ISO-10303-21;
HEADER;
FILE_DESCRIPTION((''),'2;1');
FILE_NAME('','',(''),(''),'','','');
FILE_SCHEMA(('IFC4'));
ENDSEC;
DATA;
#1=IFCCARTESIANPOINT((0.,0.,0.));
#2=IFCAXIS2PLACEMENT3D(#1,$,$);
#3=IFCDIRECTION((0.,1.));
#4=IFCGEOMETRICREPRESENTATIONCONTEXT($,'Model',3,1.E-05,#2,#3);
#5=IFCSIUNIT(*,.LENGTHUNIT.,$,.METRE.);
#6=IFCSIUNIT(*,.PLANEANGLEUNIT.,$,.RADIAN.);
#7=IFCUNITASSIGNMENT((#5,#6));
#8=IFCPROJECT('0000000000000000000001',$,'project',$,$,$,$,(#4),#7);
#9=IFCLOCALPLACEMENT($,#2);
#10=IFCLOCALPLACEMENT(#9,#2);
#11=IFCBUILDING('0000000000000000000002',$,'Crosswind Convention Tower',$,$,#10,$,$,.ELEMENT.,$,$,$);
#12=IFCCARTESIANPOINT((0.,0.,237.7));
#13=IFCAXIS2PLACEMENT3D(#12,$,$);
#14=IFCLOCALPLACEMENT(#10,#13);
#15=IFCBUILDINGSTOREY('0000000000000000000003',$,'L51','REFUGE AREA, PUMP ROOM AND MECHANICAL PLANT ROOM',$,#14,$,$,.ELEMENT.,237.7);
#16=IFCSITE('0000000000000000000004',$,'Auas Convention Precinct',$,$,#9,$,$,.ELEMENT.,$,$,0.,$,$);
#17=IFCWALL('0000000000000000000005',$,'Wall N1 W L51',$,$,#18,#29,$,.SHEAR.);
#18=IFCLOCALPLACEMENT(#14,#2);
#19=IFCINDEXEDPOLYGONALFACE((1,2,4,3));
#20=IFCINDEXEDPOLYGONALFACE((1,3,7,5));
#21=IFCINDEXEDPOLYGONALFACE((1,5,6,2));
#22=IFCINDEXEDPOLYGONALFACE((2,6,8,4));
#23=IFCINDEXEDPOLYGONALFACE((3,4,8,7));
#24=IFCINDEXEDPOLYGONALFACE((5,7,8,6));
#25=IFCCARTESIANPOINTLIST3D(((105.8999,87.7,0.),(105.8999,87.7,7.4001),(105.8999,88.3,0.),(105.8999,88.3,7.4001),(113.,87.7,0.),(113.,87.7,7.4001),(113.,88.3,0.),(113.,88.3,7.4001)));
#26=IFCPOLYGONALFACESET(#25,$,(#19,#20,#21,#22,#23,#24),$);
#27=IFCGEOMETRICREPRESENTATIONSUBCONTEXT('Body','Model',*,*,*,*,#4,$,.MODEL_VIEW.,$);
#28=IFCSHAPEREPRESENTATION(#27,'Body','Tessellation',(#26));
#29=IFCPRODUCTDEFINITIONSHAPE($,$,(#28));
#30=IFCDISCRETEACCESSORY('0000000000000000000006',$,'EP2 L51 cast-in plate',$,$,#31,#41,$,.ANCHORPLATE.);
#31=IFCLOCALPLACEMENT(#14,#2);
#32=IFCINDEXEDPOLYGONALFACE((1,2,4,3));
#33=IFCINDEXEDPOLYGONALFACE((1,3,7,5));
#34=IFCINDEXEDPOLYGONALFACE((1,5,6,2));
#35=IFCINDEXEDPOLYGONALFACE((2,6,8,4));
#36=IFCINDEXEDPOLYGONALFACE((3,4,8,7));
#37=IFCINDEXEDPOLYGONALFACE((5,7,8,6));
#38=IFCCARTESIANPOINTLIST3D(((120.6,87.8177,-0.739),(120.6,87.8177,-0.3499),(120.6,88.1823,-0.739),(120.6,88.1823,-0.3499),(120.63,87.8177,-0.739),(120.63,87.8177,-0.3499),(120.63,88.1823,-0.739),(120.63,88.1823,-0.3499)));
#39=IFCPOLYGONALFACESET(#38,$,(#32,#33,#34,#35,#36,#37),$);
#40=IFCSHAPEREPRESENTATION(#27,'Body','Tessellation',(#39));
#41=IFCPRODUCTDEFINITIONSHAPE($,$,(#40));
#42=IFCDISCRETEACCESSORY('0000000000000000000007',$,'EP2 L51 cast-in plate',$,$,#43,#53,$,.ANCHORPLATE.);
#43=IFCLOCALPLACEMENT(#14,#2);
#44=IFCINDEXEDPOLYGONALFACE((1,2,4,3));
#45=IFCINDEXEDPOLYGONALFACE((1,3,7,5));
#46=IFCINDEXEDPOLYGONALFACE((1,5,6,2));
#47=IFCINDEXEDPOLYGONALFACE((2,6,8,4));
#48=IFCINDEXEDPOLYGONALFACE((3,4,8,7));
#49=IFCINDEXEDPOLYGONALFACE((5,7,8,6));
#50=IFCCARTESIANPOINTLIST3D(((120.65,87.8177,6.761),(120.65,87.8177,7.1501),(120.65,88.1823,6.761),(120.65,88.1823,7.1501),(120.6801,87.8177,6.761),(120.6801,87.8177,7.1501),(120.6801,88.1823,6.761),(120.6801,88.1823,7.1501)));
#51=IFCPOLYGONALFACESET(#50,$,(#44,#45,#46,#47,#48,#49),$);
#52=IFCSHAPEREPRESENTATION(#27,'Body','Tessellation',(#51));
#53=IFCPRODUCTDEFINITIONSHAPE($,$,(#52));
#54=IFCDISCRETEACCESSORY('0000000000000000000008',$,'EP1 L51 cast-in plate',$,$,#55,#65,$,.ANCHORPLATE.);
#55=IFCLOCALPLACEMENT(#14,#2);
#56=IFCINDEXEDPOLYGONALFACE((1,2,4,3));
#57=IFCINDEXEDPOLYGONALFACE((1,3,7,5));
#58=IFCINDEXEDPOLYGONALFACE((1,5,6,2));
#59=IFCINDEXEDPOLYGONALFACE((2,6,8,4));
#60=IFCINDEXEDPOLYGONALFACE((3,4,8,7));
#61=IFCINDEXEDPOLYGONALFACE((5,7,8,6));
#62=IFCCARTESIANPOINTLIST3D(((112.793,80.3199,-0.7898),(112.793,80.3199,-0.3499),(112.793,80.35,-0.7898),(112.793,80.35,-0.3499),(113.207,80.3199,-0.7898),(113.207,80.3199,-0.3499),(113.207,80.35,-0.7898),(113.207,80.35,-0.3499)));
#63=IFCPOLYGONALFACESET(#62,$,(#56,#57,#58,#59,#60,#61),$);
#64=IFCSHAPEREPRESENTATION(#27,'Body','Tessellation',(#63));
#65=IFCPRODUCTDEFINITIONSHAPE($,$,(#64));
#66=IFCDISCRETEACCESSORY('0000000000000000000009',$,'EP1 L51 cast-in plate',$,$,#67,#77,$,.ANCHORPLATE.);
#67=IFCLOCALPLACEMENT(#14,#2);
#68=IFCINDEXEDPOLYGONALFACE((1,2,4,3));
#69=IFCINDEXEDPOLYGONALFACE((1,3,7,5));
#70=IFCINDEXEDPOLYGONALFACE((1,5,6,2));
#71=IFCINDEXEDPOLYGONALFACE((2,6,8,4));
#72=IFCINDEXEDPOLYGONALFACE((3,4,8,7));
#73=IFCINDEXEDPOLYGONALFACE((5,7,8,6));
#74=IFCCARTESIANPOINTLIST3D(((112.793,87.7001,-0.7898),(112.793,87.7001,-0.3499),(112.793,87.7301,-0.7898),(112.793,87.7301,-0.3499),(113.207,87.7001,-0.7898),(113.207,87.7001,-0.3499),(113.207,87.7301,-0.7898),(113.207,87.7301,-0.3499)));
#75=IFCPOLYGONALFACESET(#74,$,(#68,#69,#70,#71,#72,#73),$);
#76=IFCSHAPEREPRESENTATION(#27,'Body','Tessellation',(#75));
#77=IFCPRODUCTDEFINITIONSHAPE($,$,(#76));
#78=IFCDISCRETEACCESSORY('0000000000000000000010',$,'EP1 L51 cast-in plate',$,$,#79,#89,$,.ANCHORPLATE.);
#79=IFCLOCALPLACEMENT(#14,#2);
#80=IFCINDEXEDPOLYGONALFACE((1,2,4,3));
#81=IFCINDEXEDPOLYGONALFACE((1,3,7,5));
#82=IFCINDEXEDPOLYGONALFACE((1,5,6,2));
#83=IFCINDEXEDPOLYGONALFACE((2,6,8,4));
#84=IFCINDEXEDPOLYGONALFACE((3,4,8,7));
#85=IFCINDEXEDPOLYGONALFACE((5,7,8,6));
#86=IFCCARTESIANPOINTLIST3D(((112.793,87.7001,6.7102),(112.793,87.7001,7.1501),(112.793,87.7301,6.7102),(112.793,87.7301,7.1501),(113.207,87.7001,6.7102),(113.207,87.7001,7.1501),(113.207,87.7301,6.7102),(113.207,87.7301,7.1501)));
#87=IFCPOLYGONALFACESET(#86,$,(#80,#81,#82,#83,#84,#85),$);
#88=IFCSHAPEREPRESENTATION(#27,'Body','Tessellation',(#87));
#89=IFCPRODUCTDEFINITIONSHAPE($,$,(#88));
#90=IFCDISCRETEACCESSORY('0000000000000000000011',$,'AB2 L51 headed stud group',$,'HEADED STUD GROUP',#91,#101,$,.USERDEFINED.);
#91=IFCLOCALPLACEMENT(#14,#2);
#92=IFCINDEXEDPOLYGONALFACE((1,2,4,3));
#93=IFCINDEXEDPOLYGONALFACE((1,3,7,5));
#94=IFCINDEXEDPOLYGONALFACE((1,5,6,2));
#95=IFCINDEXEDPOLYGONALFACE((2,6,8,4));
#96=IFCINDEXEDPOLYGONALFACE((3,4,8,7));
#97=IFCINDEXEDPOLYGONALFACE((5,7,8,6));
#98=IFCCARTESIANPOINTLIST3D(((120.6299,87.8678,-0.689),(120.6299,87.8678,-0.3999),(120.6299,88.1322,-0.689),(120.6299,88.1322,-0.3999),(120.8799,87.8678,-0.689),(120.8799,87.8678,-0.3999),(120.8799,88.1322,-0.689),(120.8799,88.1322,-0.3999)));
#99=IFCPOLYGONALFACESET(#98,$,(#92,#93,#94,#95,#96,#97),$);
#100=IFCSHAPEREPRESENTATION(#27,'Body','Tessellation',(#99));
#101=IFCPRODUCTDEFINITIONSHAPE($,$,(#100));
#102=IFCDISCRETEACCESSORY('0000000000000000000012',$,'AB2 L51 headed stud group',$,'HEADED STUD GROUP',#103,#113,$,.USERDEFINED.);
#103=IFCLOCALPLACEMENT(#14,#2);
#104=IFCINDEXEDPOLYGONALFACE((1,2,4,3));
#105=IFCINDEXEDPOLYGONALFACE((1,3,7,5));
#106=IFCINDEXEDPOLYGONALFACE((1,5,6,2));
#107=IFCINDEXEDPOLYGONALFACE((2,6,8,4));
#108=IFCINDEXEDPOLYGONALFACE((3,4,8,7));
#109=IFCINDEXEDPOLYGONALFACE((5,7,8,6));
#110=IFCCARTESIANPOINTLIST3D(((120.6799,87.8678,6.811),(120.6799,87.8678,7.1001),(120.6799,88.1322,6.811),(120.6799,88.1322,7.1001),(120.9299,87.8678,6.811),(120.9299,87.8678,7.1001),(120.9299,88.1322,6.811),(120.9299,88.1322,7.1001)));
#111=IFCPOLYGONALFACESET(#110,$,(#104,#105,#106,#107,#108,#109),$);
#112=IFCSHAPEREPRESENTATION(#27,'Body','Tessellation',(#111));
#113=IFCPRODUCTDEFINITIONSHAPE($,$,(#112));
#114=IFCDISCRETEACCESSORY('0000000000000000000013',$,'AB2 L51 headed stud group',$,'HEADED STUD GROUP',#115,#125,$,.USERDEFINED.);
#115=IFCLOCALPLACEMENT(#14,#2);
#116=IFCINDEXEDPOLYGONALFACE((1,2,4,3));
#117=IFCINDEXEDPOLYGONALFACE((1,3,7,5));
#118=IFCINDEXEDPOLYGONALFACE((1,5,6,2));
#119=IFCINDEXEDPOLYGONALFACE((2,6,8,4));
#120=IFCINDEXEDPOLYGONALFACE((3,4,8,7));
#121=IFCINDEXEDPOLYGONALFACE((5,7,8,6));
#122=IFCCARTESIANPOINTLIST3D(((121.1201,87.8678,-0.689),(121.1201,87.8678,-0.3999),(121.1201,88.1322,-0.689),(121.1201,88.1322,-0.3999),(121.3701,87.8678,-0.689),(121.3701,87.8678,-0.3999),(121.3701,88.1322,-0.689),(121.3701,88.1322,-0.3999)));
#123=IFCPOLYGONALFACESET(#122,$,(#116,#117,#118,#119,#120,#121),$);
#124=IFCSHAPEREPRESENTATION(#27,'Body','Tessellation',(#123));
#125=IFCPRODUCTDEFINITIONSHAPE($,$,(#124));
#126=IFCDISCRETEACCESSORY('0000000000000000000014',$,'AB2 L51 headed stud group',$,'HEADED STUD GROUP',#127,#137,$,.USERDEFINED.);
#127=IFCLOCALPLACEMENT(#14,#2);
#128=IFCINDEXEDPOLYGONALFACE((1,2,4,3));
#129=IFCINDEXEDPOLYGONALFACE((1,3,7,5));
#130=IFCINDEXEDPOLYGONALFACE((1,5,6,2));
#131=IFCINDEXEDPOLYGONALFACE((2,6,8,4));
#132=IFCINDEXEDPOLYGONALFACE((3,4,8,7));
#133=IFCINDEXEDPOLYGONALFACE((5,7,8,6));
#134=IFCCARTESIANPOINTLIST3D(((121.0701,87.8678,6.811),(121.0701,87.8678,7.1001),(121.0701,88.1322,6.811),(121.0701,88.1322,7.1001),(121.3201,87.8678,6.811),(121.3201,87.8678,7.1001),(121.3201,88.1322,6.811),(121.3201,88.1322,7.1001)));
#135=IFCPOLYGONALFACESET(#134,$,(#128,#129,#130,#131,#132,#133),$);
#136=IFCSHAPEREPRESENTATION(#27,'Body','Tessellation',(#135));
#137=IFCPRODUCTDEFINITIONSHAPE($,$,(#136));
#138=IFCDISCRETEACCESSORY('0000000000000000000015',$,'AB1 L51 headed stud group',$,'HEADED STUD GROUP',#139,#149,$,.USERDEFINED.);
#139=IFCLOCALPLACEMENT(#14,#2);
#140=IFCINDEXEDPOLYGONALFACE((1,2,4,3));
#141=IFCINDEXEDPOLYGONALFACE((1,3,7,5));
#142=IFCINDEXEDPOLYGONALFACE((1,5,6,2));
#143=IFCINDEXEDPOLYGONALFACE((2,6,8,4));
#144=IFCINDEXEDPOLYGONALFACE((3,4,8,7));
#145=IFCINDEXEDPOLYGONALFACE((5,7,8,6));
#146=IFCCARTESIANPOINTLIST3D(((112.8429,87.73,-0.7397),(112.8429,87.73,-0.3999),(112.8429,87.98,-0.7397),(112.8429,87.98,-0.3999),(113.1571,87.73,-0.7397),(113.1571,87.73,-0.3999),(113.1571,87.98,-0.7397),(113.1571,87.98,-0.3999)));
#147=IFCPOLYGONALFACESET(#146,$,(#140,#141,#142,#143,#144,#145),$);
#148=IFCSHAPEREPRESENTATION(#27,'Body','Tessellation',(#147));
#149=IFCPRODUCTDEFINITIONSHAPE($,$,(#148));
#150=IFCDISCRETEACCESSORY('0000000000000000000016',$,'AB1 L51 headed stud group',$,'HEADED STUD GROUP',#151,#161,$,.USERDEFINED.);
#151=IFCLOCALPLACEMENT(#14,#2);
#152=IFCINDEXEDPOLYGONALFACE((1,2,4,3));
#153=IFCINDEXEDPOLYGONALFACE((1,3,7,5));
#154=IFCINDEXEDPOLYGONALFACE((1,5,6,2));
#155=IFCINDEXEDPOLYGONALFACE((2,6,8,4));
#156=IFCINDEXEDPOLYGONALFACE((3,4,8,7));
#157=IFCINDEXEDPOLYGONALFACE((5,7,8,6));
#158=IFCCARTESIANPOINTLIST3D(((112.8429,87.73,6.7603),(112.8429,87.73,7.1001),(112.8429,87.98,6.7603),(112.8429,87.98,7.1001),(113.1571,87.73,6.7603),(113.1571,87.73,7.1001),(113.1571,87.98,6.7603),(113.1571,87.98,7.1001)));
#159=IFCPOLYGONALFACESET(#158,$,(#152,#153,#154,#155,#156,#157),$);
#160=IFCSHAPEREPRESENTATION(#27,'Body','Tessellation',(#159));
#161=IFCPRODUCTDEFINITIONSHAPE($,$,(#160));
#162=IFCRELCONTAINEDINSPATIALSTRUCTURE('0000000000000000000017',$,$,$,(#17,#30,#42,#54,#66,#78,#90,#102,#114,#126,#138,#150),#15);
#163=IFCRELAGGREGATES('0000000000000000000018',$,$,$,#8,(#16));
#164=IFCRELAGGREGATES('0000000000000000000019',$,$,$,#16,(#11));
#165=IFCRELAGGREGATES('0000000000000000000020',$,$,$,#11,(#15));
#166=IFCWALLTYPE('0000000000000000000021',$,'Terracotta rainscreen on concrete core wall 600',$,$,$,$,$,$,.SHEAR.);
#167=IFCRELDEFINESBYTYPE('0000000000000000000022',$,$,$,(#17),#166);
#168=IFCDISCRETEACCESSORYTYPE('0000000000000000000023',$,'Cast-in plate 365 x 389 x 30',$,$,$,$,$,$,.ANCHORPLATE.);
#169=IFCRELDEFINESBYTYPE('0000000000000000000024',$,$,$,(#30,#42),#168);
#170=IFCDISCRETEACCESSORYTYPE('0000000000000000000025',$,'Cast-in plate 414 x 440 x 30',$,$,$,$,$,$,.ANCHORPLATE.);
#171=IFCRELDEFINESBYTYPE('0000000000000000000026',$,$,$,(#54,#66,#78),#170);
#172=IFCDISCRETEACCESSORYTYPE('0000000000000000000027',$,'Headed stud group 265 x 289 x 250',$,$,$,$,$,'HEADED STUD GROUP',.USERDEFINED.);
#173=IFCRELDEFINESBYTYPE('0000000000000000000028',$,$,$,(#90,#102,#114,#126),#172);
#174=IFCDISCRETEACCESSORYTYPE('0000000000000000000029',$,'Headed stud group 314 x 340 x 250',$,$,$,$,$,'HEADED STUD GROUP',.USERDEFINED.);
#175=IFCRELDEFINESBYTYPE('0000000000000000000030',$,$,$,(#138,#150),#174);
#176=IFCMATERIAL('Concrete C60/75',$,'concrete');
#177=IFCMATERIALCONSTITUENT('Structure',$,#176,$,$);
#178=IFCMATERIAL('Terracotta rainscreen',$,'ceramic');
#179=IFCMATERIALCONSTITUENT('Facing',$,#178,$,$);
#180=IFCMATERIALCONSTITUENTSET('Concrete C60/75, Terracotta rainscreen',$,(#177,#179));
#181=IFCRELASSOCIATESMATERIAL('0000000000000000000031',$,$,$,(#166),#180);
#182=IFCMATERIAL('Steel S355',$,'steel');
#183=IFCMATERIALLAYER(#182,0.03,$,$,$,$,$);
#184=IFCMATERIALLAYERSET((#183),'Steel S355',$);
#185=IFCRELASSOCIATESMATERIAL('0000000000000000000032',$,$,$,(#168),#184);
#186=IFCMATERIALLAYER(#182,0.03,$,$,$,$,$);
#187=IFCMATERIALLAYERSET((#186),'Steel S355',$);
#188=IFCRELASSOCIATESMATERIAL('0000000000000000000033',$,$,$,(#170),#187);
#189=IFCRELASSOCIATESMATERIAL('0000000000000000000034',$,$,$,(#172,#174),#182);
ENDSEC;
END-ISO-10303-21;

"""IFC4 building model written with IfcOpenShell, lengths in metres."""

from ifc_helpers import new_model, si_unit, direction, frame, frame_2d, origin, origin_2d, place, context, subcontext, project, spatial, rectangle, extrude, material, layer, layer_set, constituent, constituent_set, type_object, element, save


model = new_model("IFC4")

# Units and contexts
model_context = context("Model", 3, precision=1e-05, world=origin(), true_north=direction((0.0, 1.0)))
body_context = subcontext(model_context, "Body", "Model", "MODEL_VIEW")
ifc_project = project(units=[si_unit("LENGTHUNIT", "METRE"), si_unit("PLANEANGLEUNIT", "RADIAN")], contexts=[model_context])

# Site, building, storey
site_placement = place(None, origin())
site = spatial("IfcSite", under=ifc_project, at=site_placement, Name="Auas Convention Precinct", CompositionType="ELEMENT", RefElevation=0.0)
building_placement = place(site_placement, origin())
building = spatial("IfcBuilding", under=site, at=building_placement, Name="Crosswind Convention Tower", CompositionType="ELEMENT")
storey_placement = place(building_placement, frame((0.0, 0.0, 237.7)))
storey = spatial("IfcBuildingStorey", under=building, at=storey_placement, Name="L51", Description="REFUGE AREA, PUMP ROOM AND MECHANICAL PLANT ROOM", CompositionType="ELEMENT", Elevation=237.7)

# Shared definitions
ifc_material_1 = material(Name="Concrete C60/75", Category="concrete")

# Shared definitions
ifc_material_2 = material(Name="Steel S355", Category="steel")

# Wall
ifc_constituent_1 = constituent(ifc_material_1, Name="Structure")
ifc_material_3 = material(Name="Terracotta rainscreen", Category="ceramic")
ifc_constituent_2 = constituent(ifc_material_3, Name="Facing")
ifc_constituent_set = constituent_set(constituents=[ifc_constituent_1, ifc_constituent_2], Name="Concrete C60/75, Terracotta rainscreen")
wall_type_1 = type_object("IfcWallType", Name="Terracotta rainscreen on concrete core wall 600", PredefinedType="SHEAR", material=ifc_constituent_set)
wall_1_placement = place(storey_placement, frame((113.0, 88.0, 0.0), z_axis=(0.0, 0.0, 1.0), x_axis=(-1.0, 0.0, 0.0)))
element("IfcWall", 1, at=wall_1_placement, inside=storey, type_object=wall_type_1, Name="Wall N1 W L51", PredefinedType="SHEAR", context=body_context, shape_type="SweptSolid", body=[
    extrude(rectangle(XDim=7.1001, YDim=0.6001, at=frame_2d((3.55, 0.0))), origin(), (0.0, 0.0, 1.0), 7.4001),
])

# Discrete accessories
ifc_layer_1 = layer(ifc_material_2, 0.03)
ifc_layer_set_1 = layer_set([ifc_layer_1], Name="Steel S355")
discrete_accessory_type_1 = type_object("IfcDiscreteAccessoryType", Name="Cast-in plate 365 x 389 x 30", PredefinedType="ANCHORPLATE", material=ifc_layer_set_1)
for number, where, z_axis, x_axis, name in (
    (2, (120.615, 88.0, -0.739), (0.0, 0.0, 1.0), (1.0, 0.0, 0.0), "EP2 L51 cast-in plate"),
    (3, (120.665, 88.0, 6.761), (0.0, 0.0, 1.0), (1.0, 0.0, 0.0), "EP2 L51 cast-in plate"),
):
    element("IfcDiscreteAccessory", number, at=place(storey_placement, frame(where, z_axis=z_axis, x_axis=x_axis)), inside=storey, type_object=discrete_accessory_type_1, Name=name, PredefinedType="ANCHORPLATE", context=body_context, shape_type="SweptSolid", body=[
        extrude(rectangle(XDim=0.03, YDim=0.3645, at=origin_2d()), origin(), (0.0, 0.0, 1.0), 0.3892),
    ])
ifc_layer_2 = layer(ifc_material_2, 0.03)
ifc_layer_set_2 = layer_set([ifc_layer_2], Name="Steel S355")
discrete_accessory_type_2 = type_object("IfcDiscreteAccessoryType", Name="Cast-in plate 414 x 440 x 30", PredefinedType="ANCHORPLATE", material=ifc_layer_set_2)
for number, where, z_axis, x_axis, name in (
    (4, (113.0, 80.335, -0.7898), (0.0, 0.0, 1.0), (1.0, 0.0, 0.0), "EP1 L51 cast-in plate"),
    (5, (113.0, 87.7151, -0.7898), (0.0, 0.0, 1.0), (1.0, 0.0, 0.0), "EP1 L51 cast-in plate"),
    (6, (113.0, 87.7151, 6.7102), (0.0, 0.0, 1.0), (1.0, 0.0, 0.0), "EP1 L51 cast-in plate"),
):
    element("IfcDiscreteAccessory", number, at=place(storey_placement, frame(where, z_axis=z_axis, x_axis=x_axis)), inside=storey, type_object=discrete_accessory_type_2, Name=name, PredefinedType="ANCHORPLATE", context=body_context, shape_type="SweptSolid", body=[
        extrude(rectangle(XDim=0.4141, YDim=0.03, at=origin_2d()), origin(), (0.0, 0.0, 1.0), 0.4399),
    ])
discrete_accessory_type_3 = type_object("IfcDiscreteAccessoryType", Name="Headed stud group 265 x 289 x 250", ElementType="HEADED STUD GROUP", PredefinedType="USERDEFINED", material=ifc_material_2)
for number, where, z_axis, x_axis, name in (
    (7, (120.7549, 88.0, -0.689), (0.0, 0.0, 1.0), (1.0, 0.0, 0.0), "AB2 L51 headed stud group"),
    (8, (120.8049, 88.0, 6.811), (0.0, 0.0, 1.0), (1.0, 0.0, 0.0), "AB2 L51 headed stud group"),
    (9, (121.2451, 88.0, -0.689), (0.0, 0.0, 1.0), (1.0, 0.0, 0.0), "AB2 L51 headed stud group"),
    (10, (121.1951, 88.0, 6.811), (0.0, 0.0, 1.0), (1.0, 0.0, 0.0), "AB2 L51 headed stud group"),
):
    element("IfcDiscreteAccessory", number, at=place(storey_placement, frame(where, z_axis=z_axis, x_axis=x_axis)), inside=storey, type_object=discrete_accessory_type_3, Name=name, ObjectType="HEADED STUD GROUP", PredefinedType="USERDEFINED", context=body_context, shape_type="SweptSolid", body=[
        extrude(rectangle(XDim=0.25, YDim=0.2644, at=origin_2d()), origin(), (0.0, 0.0, 1.0), 0.2891),
    ])
discrete_accessory_type_4 = type_object("IfcDiscreteAccessoryType", Name="Headed stud group 314 x 340 x 250", ElementType="HEADED STUD GROUP", PredefinedType="USERDEFINED", material=ifc_material_2)
for number, where, z_axis, x_axis, name in (
    (11, (113.0, 87.855, -0.7397), (0.0, 0.0, 1.0), (1.0, 0.0, 0.0), "AB1 L51 headed stud group"),
    (12, (113.0, 87.855, 6.7603), (0.0, 0.0, 1.0), (1.0, 0.0, 0.0), "AB1 L51 headed stud group"),
):
    element("IfcDiscreteAccessory", number, at=place(storey_placement, frame(where, z_axis=z_axis, x_axis=x_axis)), inside=storey, type_object=discrete_accessory_type_4, Name=name, ObjectType="HEADED STUD GROUP", PredefinedType="USERDEFINED", context=body_context, shape_type="SweptSolid", body=[
        extrude(rectangle(XDim=0.3142, YDim=0.25, at=origin_2d()), origin(), (0.0, 0.0, 1.0), 0.3398),
    ])

save(model, "model.ifc")
